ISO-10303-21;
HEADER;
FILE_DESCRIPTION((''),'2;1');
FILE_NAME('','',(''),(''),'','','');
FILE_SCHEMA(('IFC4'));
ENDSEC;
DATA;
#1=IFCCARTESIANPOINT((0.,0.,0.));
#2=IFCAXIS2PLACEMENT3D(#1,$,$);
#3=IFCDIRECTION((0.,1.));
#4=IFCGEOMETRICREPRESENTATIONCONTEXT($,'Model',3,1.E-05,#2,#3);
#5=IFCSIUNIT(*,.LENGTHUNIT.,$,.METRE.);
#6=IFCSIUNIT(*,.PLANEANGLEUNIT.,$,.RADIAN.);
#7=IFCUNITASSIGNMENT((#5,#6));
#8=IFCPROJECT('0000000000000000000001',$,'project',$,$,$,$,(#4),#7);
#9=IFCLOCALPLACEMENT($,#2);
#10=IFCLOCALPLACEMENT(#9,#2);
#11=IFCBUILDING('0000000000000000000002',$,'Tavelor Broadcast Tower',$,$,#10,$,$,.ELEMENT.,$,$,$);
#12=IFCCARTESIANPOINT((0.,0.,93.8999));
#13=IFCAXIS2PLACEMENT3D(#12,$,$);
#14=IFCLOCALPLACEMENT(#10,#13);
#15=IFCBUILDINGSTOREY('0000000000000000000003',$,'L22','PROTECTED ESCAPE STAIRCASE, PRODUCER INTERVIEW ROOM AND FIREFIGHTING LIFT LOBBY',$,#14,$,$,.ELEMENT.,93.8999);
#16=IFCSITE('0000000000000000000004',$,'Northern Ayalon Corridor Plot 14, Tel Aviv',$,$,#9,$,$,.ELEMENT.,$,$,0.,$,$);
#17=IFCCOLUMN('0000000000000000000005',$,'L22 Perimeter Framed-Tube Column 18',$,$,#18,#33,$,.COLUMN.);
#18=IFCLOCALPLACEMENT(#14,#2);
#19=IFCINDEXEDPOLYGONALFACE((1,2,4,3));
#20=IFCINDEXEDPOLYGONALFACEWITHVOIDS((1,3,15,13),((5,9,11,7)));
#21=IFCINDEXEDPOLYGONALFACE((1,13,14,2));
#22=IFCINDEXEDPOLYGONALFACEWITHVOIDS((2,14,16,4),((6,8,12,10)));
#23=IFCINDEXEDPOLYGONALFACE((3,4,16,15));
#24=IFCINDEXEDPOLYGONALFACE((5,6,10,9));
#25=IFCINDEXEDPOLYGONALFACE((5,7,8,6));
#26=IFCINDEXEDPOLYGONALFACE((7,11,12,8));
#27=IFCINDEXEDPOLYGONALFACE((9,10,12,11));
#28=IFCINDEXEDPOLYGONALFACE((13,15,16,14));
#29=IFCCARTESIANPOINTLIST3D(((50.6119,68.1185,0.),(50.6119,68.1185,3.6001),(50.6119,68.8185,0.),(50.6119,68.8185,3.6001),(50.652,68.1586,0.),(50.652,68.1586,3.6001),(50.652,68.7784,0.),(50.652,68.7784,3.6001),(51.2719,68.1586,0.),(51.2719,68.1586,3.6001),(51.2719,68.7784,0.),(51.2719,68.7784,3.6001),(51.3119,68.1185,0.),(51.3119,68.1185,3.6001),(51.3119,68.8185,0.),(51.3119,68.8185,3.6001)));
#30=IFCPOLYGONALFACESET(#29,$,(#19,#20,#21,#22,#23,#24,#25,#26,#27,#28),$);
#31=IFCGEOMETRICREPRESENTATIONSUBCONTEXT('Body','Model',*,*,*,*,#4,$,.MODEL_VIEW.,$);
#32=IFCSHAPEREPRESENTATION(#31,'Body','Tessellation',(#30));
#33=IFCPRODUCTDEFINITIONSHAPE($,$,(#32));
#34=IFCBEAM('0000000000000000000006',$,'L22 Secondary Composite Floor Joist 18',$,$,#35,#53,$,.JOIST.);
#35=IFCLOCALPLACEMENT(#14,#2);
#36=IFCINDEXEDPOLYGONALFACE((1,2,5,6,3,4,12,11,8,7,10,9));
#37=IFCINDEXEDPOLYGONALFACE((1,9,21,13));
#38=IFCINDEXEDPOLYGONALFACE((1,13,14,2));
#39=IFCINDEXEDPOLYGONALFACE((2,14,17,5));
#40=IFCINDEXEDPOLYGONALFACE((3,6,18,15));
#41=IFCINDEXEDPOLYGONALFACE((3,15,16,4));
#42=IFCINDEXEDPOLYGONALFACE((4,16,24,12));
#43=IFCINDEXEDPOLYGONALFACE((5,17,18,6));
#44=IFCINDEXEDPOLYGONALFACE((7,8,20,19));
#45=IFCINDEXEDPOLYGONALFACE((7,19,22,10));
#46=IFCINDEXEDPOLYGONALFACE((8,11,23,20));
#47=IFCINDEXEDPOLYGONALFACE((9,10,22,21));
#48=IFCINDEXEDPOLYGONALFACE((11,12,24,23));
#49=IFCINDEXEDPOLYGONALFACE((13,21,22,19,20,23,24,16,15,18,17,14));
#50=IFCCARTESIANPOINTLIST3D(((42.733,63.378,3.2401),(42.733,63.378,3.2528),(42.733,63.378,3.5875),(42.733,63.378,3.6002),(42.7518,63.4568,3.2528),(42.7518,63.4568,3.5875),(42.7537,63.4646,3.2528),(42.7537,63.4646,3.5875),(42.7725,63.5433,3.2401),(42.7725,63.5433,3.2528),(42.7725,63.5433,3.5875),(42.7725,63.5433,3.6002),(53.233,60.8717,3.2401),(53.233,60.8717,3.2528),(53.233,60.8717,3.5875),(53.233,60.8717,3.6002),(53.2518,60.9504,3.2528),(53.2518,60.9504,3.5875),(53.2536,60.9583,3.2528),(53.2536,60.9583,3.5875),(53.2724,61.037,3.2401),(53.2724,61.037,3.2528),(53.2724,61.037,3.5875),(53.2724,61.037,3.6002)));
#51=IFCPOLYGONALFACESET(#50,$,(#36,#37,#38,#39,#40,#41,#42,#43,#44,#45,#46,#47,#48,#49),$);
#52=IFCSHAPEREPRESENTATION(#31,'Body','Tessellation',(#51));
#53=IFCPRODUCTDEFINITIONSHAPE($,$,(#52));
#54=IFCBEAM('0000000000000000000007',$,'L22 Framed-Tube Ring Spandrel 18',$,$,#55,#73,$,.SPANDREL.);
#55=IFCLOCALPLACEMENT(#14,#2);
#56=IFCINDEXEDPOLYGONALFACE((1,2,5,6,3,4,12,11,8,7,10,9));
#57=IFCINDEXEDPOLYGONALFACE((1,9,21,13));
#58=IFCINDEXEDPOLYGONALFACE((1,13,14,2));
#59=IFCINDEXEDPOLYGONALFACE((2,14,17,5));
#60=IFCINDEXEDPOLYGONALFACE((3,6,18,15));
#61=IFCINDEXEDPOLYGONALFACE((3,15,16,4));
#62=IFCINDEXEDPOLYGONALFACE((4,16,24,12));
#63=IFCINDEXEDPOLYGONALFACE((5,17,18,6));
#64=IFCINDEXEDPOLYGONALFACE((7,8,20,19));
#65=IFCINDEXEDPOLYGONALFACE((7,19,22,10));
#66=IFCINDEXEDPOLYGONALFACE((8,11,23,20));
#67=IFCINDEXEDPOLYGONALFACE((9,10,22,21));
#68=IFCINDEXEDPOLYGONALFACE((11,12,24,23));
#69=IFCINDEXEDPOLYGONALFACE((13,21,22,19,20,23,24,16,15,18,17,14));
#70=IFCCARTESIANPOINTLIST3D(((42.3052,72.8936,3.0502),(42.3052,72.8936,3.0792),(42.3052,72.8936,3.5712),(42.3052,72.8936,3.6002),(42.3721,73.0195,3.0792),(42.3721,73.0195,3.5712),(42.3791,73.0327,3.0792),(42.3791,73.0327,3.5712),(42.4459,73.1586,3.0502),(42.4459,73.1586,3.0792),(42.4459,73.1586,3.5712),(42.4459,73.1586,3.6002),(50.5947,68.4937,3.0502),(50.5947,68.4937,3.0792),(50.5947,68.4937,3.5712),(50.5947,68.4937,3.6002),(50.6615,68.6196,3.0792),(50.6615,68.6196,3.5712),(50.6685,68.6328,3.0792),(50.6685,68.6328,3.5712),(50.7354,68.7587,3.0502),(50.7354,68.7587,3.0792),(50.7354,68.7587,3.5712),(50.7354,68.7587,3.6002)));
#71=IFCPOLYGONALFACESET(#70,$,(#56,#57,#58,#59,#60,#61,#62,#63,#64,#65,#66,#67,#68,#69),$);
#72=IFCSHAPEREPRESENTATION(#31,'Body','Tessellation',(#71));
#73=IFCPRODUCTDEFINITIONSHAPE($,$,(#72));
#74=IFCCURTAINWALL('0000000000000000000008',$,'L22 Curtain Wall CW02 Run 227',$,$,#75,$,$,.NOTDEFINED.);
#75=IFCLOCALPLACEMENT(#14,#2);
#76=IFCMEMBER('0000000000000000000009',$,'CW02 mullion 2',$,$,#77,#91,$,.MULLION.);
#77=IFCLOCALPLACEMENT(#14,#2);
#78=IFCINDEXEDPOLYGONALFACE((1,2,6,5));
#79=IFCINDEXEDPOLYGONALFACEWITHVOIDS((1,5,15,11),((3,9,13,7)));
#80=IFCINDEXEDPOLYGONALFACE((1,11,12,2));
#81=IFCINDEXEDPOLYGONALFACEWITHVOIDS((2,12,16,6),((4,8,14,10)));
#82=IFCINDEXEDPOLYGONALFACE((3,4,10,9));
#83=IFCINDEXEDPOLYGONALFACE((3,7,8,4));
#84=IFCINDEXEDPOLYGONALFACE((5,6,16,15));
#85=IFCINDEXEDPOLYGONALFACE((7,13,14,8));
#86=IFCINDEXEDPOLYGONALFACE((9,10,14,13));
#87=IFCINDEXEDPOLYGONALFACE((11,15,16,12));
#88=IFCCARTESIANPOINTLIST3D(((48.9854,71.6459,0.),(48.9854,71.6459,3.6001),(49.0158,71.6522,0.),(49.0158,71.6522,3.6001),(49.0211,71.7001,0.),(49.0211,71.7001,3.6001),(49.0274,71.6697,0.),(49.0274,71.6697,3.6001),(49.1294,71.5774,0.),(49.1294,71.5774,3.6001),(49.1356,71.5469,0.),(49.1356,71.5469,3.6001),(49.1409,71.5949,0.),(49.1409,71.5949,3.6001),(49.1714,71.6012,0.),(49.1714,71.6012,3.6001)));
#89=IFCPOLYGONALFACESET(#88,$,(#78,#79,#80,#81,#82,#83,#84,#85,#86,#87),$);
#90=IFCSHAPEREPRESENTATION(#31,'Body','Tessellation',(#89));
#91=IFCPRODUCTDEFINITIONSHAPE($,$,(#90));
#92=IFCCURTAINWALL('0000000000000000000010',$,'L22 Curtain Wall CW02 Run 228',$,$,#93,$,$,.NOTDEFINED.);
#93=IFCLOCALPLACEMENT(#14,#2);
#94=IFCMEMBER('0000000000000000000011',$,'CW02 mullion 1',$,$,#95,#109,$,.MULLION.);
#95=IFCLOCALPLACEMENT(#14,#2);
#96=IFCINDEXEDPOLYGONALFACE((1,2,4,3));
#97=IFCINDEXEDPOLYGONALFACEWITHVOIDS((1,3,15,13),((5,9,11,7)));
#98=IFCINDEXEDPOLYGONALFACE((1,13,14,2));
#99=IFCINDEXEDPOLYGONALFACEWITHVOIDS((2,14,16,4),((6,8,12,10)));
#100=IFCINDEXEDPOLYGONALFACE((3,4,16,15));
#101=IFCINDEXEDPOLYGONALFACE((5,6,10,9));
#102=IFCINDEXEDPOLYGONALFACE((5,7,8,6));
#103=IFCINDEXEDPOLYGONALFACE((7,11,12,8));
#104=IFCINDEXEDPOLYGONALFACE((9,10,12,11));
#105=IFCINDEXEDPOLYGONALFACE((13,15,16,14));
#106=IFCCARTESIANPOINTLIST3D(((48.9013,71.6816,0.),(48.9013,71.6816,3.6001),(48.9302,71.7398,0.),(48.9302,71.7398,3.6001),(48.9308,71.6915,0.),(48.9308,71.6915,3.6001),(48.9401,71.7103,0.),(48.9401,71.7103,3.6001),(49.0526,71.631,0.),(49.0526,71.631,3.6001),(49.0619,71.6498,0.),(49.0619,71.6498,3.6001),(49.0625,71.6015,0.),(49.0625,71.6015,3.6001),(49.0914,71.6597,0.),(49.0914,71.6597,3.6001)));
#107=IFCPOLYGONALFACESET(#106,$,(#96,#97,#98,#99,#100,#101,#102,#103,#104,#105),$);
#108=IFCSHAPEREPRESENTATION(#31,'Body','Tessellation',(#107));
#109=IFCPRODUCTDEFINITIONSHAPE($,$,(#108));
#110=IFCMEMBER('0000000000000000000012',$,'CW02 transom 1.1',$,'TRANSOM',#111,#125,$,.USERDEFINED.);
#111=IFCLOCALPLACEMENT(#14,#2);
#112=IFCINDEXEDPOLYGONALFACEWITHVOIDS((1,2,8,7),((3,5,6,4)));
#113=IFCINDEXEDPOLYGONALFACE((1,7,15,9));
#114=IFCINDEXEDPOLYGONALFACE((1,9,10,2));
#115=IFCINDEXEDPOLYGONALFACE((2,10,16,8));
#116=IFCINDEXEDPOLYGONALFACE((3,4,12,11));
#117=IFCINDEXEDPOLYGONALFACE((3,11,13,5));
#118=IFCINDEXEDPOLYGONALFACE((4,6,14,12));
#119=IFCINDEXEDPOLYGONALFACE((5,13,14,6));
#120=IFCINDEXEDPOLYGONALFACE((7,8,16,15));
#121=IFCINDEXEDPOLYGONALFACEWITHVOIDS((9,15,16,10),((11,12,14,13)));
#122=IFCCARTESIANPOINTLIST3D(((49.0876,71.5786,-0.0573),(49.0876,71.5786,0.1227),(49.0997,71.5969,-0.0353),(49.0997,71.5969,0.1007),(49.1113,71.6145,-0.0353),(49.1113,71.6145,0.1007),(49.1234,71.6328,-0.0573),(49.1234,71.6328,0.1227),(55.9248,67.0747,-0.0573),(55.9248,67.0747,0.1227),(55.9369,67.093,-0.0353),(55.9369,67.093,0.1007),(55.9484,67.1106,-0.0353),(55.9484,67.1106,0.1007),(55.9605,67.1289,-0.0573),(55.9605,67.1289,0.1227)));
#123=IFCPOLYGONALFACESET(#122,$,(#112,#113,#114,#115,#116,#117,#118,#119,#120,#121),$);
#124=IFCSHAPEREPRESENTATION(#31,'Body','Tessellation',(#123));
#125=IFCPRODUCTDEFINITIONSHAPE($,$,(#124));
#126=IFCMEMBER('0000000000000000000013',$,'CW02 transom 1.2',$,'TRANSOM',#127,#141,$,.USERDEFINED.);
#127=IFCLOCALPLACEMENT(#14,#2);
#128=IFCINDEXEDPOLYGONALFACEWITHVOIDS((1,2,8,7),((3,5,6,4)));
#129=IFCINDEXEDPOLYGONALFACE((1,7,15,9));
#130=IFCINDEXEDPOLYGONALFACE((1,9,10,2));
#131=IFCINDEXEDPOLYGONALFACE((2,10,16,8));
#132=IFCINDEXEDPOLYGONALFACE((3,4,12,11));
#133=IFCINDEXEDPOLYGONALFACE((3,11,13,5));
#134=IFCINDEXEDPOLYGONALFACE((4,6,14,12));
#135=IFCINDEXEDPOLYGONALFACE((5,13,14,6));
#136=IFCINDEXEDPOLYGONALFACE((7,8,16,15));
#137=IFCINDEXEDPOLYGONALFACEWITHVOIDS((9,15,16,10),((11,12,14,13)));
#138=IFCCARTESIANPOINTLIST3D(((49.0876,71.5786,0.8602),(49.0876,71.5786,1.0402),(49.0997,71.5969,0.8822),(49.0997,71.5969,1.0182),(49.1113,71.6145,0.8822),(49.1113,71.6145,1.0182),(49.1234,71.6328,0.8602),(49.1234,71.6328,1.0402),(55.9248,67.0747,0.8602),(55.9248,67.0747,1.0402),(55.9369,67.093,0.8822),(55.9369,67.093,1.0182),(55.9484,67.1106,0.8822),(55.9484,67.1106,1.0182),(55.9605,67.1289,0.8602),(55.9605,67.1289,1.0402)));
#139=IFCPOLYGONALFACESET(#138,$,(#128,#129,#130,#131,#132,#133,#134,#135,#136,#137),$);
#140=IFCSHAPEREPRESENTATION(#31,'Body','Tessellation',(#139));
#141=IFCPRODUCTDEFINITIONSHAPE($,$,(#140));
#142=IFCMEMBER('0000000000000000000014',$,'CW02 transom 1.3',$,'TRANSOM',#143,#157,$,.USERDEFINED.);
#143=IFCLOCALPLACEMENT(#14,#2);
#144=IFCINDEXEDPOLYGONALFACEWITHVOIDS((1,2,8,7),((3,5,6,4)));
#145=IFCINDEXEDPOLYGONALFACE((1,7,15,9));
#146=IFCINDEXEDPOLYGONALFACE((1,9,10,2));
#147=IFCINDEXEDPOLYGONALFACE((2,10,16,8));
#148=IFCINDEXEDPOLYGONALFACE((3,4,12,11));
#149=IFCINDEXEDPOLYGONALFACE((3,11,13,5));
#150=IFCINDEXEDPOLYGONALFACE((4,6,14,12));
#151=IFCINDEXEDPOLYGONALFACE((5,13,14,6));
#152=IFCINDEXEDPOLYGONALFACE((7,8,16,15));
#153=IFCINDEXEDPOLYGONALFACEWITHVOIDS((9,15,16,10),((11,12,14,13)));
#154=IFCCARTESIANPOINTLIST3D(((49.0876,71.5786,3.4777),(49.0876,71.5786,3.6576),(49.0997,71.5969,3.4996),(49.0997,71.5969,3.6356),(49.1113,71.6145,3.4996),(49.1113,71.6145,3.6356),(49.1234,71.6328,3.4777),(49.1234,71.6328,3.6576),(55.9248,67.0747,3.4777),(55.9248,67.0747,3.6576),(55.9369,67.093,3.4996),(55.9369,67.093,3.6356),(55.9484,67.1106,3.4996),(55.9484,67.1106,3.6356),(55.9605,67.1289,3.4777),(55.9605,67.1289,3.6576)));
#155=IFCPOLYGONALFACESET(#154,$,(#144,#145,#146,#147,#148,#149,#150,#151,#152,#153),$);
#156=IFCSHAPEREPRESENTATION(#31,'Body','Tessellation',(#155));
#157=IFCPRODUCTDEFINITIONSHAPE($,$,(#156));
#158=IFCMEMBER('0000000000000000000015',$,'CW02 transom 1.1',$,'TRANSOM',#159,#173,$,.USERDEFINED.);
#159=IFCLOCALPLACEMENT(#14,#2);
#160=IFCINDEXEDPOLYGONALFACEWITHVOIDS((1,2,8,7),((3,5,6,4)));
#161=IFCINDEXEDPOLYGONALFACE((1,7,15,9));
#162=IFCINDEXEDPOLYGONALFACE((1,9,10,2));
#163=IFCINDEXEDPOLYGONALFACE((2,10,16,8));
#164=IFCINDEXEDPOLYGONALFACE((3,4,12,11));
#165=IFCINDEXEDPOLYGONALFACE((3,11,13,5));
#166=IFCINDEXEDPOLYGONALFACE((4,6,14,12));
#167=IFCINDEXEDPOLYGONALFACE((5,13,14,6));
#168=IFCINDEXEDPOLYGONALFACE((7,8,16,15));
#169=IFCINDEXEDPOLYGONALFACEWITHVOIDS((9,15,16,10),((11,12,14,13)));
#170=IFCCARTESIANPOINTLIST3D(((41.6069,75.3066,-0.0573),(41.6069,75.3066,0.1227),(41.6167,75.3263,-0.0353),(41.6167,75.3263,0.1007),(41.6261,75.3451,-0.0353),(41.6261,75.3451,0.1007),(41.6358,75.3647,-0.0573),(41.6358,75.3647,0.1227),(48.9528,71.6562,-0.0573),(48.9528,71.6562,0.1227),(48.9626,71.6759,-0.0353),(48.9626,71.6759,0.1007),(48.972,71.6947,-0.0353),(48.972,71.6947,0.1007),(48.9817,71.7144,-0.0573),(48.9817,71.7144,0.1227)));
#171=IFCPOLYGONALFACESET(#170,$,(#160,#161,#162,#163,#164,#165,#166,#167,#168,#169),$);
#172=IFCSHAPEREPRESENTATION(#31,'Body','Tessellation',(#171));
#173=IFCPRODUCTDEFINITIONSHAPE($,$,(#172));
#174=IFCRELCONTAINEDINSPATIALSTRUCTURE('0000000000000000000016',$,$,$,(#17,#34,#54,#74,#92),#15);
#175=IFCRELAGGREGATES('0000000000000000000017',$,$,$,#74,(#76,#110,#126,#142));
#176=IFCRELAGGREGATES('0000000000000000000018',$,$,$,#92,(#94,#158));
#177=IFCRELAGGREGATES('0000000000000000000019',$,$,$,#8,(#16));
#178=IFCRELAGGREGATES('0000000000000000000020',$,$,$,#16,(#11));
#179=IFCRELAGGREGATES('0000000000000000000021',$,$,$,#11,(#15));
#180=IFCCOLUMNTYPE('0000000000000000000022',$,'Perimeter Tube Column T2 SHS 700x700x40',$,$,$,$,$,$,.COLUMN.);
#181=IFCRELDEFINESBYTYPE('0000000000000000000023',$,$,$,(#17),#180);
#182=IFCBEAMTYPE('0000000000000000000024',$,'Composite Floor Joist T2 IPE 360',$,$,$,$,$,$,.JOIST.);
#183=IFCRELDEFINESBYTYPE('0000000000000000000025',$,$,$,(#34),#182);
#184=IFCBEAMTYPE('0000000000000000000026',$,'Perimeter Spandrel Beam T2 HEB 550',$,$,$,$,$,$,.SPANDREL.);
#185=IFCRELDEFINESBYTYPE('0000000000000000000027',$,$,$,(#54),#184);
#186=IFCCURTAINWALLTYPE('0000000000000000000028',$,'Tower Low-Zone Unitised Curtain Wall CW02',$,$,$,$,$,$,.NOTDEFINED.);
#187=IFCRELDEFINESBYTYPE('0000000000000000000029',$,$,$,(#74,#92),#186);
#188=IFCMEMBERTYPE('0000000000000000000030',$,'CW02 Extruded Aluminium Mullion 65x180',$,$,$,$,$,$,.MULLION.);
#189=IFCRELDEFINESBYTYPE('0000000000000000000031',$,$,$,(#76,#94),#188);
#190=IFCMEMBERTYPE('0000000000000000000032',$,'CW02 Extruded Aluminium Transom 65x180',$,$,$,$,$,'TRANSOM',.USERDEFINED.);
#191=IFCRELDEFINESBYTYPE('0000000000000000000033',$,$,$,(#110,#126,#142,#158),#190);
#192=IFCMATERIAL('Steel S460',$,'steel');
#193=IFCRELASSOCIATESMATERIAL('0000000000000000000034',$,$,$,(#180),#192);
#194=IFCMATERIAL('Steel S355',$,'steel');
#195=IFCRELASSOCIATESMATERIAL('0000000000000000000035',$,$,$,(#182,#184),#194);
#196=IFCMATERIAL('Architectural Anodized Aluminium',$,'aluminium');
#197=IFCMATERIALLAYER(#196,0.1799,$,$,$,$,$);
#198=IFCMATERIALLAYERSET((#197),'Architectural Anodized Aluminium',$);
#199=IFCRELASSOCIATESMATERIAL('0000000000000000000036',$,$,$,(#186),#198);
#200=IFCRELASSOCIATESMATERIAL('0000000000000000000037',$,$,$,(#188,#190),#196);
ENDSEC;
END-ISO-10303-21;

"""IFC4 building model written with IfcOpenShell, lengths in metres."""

from ifc_helpers import new_model, si_unit, direction, frame, origin, origin_2d, place, context, subcontext, project, spatial, hollow_rectangle, i_section, extrude, source, transform, mapped, material, layer, layer_set, material_profile, profile_set, type_object, type_shapes, element, aggregate, save


model = new_model("IFC4")

# Units and contexts
model_context = context("Model", 3, precision=1e-05, world=origin(), true_north=direction((0.0, 1.0)))
body_context = subcontext(model_context, "Body", "Model", "MODEL_VIEW")
ifc_project = project(units=[si_unit("LENGTHUNIT", "METRE"), si_unit("PLANEANGLEUNIT", "RADIAN")], contexts=[model_context])

# Site, building, storey
site_placement = place(None, origin())
site = spatial("IfcSite", under=ifc_project, at=site_placement, Name="Northern Ayalon Corridor Plot 14, Tel Aviv", CompositionType="ELEMENT", RefElevation=0.0)
building_placement = place(site_placement, origin())
building = spatial("IfcBuilding", under=site, at=building_placement, Name="Tavelor Broadcast Tower", CompositionType="ELEMENT")
storey_placement = place(building_placement, frame((0.0, 0.0, 93.8999)))
storey = spatial("IfcBuildingStorey", under=building, at=storey_placement, Name="L22", Description="PROTECTED ESCAPE STAIRCASE, PRODUCER INTERVIEW ROOM AND FIREFIGHTING LIFT LOBBY", CompositionType="ELEMENT", Elevation=93.8999)

# Column
ifc_material_1 = material(Name="Steel S460", Category="steel")
ifc_material_profile_1 = material_profile(ifc_material_1, hollow_rectangle(XDim=0.7, YDim=0.7, WallThickness=0.04, at=origin_2d()), Name="SHS 700x700x40")
ifc_profile_set_1 = profile_set([ifc_material_profile_1], Name="Steel S460")
column_type = type_object("IfcColumnType", Name="Perimeter Tube Column T2 SHS 700x700x40", PredefinedType="COLUMN", material=ifc_profile_set_1)
column_placement = place(storey_placement, frame((50.9619, 68.4685, 0.0), z_axis=(0.0, 0.0, 1.0), x_axis=(1.0, 0.0, 0.0)))
element("IfcColumn", 1, at=column_placement, inside=storey, type_object=column_type, Name="L22 Perimeter Framed-Tube Column 18", PredefinedType="COLUMN", context=body_context, shape_type="SweptSolid", body=[
    extrude(hollow_rectangle(XDim=0.7, YDim=0.7, WallThickness=0.04, at=origin_2d()), origin(), (0.0, 0.0, 1.0), 3.6001),
])

# Beams
ifc_material_2 = material(Name="Steel S355", Category="steel")
ifc_material_profile_2 = material_profile(ifc_material_2, i_section(OverallWidth=0.1699, OverallDepth=0.3601, WebThickness=0.0081, FlangeThickness=0.0127, at=origin_2d()), Name="IPE 360")
ifc_profile_set_2 = profile_set([ifc_material_profile_2], Name="Steel S355")
beam_type_1 = type_object("IfcBeamType", Name="Composite Floor Joist T2 IPE 360", PredefinedType="JOIST", material=ifc_profile_set_2)
beam_1_placement = place(storey_placement, frame((53.2527, 60.9543, 3.4202), z_axis=(-0.972674, 0.232177, 0.0), x_axis=(-0.232177, -0.972674, 0.0)))
element("IfcBeam", 2, at=beam_1_placement, inside=storey, type_object=beam_type_1, Name="L22 Secondary Composite Floor Joist 18", PredefinedType="JOIST", context=body_context, shape_type="SweptSolid", body=[
    extrude(i_section(OverallWidth=0.1699, OverallDepth=0.3601, WebThickness=0.0081, FlangeThickness=0.0127, at=origin_2d()), origin(), (0.0, 0.0, 1.0), 10.7949),
])
ifc_material_profile_3 = material_profile(ifc_material_2, i_section(OverallWidth=0.3, OverallDepth=0.55, WebThickness=0.0149, FlangeThickness=0.0291, at=origin_2d()), Name="HEB 550")
ifc_profile_set_3 = profile_set([ifc_material_profile_3], Name="Steel S355")
beam_type_2 = type_object("IfcBeamType", Name="Perimeter Spandrel Beam T2 HEB 550", PredefinedType="SPANDREL", material=ifc_profile_set_3)
beam_2_placement = place(storey_placement, frame((50.665, 68.6262, 3.3252), z_axis=(-0.883289, 0.468829, 0.0), x_axis=(-0.468829, -0.883289, 0.0)))
element("IfcBeam", 3, at=beam_2_placement, inside=storey, type_object=beam_type_2, Name="L22 Framed-Tube Ring Spandrel 18", PredefinedType="SPANDREL", context=body_context, shape_type="SweptSolid", body=[
    extrude(i_section(OverallWidth=0.3, OverallDepth=0.55, WebThickness=0.0149, FlangeThickness=0.0291, at=origin_2d()), origin(), (0.0, 0.0, 1.0), 9.3848),
])

# Curtain walls, members
ifc_material_3 = material(Name="Architectural Anodized Aluminium", Category="aluminium")
ifc_layer_1 = layer(ifc_material_3, 0.1799)
ifc_layer_set_1 = layer_set([ifc_layer_1], Name="Architectural Anodized Aluminium")
curtain_wall_type = type_object("IfcCurtainWallType", Name="Tower Low-Zone Unitised Curtain Wall CW02", PredefinedType="NOTDEFINED", material=ifc_layer_set_1)
curtain_wall_1_placement = place(storey_placement, origin())
curtain_wall_1 = element("IfcCurtainWall", 4, at=curtain_wall_1_placement, inside=storey, type_object=curtain_wall_type, Name="L22 Curtain Wall CW02 Run 227", PredefinedType="NOTDEFINED")
ifc_material_profile_4 = material_profile(ifc_material_3, hollow_rectangle(XDim=0.0649, YDim=0.1799, WallThickness=0.022, at=origin_2d()), Name="RHS 65x180x22")
ifc_profile_set_4 = profile_set([ifc_material_profile_4], Name="Architectural Anodized Aluminium")
member_type_1 = type_object("IfcMemberType", Name="CW02 Extruded Aluminium Mullion 65x180", PredefinedType="MULLION", material=ifc_profile_set_4)
shared_shape_1 = source(origin(), body_context, "Body", "SweptSolid", [
    extrude(hollow_rectangle(XDim=0.0649, YDim=0.1799, WallThickness=0.022, at=origin_2d()), origin(), (0.0, 0.0, 1.0), 3.6001),
])
type_shapes(member_type_1, [shared_shape_1])
member_1_placement = place(storey_placement, frame((49.0784, 71.6235, 0.0), z_axis=(0.0, 0.0, 1.0), x_axis=(-0.550111, -0.835092, 0.0)))
member_1 = element("IfcMember", 5, at=member_1_placement, type_object=member_type_1, Name="CW02 mullion 2", PredefinedType="MULLION", context=body_context, shape_type="MappedRepresentation", body=[
    mapped(shared_shape_1, transform((0.0, 0.0, 0.0), scale=1.0)),
])
curtain_wall_2_placement = place(storey_placement, origin())
curtain_wall_2 = element("IfcCurtainWall", 6, at=curtain_wall_2_placement, inside=storey, type_object=curtain_wall_type, Name="L22 Curtain Wall CW02 Run 228", PredefinedType="NOTDEFINED")
member_2_placement = place(storey_placement, frame((48.9963, 71.6707, 0.0), z_axis=(0.0, 0.0, 1.0), x_axis=(-0.445009, -0.895526, 0.0)))
member_2 = element("IfcMember", 7, at=member_2_placement, type_object=member_type_1, Name="CW02 mullion 1", PredefinedType="MULLION", context=body_context, shape_type="MappedRepresentation", body=[
    mapped(shared_shape_1, transform((0.0, 0.0, 0.0), scale=1.0)),
])

# Members
ifc_material_profile_5 = material_profile(ifc_material_3, hollow_rectangle(XDim=0.0649, YDim=0.1799, WallThickness=0.022, at=origin_2d()), Name="RHS 65x180x22")
ifc_profile_set_5 = profile_set([ifc_material_profile_5], Name="Architectural Anodized Aluminium")
member_type_2 = type_object("IfcMemberType", Name="CW02 Extruded Aluminium Transom 65x180", ElementType="TRANSOM", PredefinedType="USERDEFINED", material=ifc_profile_set_5)
shared_shape_2 = source(origin(), body_context, "Body", "SweptSolid", [
    extrude(hollow_rectangle(XDim=0.0649, YDim=0.1799, WallThickness=0.022, at=origin_2d()), origin(), (0.0, 0.0, 1.0), 8.1873),
])
member_3_placement = place(storey_placement, frame((55.9426, 67.1018, 0.0327), z_axis=(-0.835093, 0.550109, 0.0), x_axis=(-0.550109, -0.835093, 0.0)))
member_3 = element("IfcMember", 8, at=member_3_placement, type_object=member_type_2, Name="CW02 transom 1.1", ObjectType="TRANSOM", PredefinedType="USERDEFINED", context=body_context, shape_type="MappedRepresentation", body=[
    mapped(shared_shape_2, transform((0.0, 0.0, 0.0), scale=1.0)),
])
member_4_placement = place(storey_placement, frame((55.9426, 67.1018, 0.9502), z_axis=(-0.835093, 0.550109, 0.0), x_axis=(-0.550109, -0.835093, 0.0)))
member_4 = element("IfcMember", 9, at=member_4_placement, type_object=member_type_2, Name="CW02 transom 1.2", ObjectType="TRANSOM", PredefinedType="USERDEFINED", context=body_context, shape_type="MappedRepresentation", body=[
    mapped(shared_shape_2, transform((0.0, 0.0, 0.0), scale=1.0)),
])
member_5_placement = place(storey_placement, frame((55.9426, 67.1018, 3.5676), z_axis=(-0.835093, 0.550109, 0.0), x_axis=(-0.550109, -0.835093, 0.0)))
member_5 = element("IfcMember", 10, at=member_5_placement, type_object=member_type_2, Name="CW02 transom 1.3", ObjectType="TRANSOM", PredefinedType="USERDEFINED", context=body_context, shape_type="MappedRepresentation", body=[
    mapped(shared_shape_2, transform((0.0, 0.0, 0.0), scale=1.0)),
])
shared_shape_3 = source(origin(), body_context, "Body", "SweptSolid", [
    extrude(hollow_rectangle(XDim=0.0649, YDim=0.1799, WallThickness=0.022, at=origin_2d()), origin(), (0.0, 0.0, 1.0), 8.2029),
])
type_shapes(member_type_2, [shared_shape_2, shared_shape_3])
member_6_placement = place(storey_placement, frame((48.9673, 71.6853, 0.0327), z_axis=(-0.895526, 0.44501, 0.0), x_axis=(-0.44501, -0.895526, 0.0)))
member_6 = element("IfcMember", 11, at=member_6_placement, type_object=member_type_2, Name="CW02 transom 1.1", ObjectType="TRANSOM", PredefinedType="USERDEFINED", context=body_context, shape_type="MappedRepresentation", body=[
    mapped(shared_shape_3, transform((0.0, 0.0, 0.0), scale=1.0)),
])

aggregate(curtain_wall_1, [member_1, member_3, member_4, member_5])
aggregate(curtain_wall_2, [member_2, member_6])

save(model, "model.ifc")
